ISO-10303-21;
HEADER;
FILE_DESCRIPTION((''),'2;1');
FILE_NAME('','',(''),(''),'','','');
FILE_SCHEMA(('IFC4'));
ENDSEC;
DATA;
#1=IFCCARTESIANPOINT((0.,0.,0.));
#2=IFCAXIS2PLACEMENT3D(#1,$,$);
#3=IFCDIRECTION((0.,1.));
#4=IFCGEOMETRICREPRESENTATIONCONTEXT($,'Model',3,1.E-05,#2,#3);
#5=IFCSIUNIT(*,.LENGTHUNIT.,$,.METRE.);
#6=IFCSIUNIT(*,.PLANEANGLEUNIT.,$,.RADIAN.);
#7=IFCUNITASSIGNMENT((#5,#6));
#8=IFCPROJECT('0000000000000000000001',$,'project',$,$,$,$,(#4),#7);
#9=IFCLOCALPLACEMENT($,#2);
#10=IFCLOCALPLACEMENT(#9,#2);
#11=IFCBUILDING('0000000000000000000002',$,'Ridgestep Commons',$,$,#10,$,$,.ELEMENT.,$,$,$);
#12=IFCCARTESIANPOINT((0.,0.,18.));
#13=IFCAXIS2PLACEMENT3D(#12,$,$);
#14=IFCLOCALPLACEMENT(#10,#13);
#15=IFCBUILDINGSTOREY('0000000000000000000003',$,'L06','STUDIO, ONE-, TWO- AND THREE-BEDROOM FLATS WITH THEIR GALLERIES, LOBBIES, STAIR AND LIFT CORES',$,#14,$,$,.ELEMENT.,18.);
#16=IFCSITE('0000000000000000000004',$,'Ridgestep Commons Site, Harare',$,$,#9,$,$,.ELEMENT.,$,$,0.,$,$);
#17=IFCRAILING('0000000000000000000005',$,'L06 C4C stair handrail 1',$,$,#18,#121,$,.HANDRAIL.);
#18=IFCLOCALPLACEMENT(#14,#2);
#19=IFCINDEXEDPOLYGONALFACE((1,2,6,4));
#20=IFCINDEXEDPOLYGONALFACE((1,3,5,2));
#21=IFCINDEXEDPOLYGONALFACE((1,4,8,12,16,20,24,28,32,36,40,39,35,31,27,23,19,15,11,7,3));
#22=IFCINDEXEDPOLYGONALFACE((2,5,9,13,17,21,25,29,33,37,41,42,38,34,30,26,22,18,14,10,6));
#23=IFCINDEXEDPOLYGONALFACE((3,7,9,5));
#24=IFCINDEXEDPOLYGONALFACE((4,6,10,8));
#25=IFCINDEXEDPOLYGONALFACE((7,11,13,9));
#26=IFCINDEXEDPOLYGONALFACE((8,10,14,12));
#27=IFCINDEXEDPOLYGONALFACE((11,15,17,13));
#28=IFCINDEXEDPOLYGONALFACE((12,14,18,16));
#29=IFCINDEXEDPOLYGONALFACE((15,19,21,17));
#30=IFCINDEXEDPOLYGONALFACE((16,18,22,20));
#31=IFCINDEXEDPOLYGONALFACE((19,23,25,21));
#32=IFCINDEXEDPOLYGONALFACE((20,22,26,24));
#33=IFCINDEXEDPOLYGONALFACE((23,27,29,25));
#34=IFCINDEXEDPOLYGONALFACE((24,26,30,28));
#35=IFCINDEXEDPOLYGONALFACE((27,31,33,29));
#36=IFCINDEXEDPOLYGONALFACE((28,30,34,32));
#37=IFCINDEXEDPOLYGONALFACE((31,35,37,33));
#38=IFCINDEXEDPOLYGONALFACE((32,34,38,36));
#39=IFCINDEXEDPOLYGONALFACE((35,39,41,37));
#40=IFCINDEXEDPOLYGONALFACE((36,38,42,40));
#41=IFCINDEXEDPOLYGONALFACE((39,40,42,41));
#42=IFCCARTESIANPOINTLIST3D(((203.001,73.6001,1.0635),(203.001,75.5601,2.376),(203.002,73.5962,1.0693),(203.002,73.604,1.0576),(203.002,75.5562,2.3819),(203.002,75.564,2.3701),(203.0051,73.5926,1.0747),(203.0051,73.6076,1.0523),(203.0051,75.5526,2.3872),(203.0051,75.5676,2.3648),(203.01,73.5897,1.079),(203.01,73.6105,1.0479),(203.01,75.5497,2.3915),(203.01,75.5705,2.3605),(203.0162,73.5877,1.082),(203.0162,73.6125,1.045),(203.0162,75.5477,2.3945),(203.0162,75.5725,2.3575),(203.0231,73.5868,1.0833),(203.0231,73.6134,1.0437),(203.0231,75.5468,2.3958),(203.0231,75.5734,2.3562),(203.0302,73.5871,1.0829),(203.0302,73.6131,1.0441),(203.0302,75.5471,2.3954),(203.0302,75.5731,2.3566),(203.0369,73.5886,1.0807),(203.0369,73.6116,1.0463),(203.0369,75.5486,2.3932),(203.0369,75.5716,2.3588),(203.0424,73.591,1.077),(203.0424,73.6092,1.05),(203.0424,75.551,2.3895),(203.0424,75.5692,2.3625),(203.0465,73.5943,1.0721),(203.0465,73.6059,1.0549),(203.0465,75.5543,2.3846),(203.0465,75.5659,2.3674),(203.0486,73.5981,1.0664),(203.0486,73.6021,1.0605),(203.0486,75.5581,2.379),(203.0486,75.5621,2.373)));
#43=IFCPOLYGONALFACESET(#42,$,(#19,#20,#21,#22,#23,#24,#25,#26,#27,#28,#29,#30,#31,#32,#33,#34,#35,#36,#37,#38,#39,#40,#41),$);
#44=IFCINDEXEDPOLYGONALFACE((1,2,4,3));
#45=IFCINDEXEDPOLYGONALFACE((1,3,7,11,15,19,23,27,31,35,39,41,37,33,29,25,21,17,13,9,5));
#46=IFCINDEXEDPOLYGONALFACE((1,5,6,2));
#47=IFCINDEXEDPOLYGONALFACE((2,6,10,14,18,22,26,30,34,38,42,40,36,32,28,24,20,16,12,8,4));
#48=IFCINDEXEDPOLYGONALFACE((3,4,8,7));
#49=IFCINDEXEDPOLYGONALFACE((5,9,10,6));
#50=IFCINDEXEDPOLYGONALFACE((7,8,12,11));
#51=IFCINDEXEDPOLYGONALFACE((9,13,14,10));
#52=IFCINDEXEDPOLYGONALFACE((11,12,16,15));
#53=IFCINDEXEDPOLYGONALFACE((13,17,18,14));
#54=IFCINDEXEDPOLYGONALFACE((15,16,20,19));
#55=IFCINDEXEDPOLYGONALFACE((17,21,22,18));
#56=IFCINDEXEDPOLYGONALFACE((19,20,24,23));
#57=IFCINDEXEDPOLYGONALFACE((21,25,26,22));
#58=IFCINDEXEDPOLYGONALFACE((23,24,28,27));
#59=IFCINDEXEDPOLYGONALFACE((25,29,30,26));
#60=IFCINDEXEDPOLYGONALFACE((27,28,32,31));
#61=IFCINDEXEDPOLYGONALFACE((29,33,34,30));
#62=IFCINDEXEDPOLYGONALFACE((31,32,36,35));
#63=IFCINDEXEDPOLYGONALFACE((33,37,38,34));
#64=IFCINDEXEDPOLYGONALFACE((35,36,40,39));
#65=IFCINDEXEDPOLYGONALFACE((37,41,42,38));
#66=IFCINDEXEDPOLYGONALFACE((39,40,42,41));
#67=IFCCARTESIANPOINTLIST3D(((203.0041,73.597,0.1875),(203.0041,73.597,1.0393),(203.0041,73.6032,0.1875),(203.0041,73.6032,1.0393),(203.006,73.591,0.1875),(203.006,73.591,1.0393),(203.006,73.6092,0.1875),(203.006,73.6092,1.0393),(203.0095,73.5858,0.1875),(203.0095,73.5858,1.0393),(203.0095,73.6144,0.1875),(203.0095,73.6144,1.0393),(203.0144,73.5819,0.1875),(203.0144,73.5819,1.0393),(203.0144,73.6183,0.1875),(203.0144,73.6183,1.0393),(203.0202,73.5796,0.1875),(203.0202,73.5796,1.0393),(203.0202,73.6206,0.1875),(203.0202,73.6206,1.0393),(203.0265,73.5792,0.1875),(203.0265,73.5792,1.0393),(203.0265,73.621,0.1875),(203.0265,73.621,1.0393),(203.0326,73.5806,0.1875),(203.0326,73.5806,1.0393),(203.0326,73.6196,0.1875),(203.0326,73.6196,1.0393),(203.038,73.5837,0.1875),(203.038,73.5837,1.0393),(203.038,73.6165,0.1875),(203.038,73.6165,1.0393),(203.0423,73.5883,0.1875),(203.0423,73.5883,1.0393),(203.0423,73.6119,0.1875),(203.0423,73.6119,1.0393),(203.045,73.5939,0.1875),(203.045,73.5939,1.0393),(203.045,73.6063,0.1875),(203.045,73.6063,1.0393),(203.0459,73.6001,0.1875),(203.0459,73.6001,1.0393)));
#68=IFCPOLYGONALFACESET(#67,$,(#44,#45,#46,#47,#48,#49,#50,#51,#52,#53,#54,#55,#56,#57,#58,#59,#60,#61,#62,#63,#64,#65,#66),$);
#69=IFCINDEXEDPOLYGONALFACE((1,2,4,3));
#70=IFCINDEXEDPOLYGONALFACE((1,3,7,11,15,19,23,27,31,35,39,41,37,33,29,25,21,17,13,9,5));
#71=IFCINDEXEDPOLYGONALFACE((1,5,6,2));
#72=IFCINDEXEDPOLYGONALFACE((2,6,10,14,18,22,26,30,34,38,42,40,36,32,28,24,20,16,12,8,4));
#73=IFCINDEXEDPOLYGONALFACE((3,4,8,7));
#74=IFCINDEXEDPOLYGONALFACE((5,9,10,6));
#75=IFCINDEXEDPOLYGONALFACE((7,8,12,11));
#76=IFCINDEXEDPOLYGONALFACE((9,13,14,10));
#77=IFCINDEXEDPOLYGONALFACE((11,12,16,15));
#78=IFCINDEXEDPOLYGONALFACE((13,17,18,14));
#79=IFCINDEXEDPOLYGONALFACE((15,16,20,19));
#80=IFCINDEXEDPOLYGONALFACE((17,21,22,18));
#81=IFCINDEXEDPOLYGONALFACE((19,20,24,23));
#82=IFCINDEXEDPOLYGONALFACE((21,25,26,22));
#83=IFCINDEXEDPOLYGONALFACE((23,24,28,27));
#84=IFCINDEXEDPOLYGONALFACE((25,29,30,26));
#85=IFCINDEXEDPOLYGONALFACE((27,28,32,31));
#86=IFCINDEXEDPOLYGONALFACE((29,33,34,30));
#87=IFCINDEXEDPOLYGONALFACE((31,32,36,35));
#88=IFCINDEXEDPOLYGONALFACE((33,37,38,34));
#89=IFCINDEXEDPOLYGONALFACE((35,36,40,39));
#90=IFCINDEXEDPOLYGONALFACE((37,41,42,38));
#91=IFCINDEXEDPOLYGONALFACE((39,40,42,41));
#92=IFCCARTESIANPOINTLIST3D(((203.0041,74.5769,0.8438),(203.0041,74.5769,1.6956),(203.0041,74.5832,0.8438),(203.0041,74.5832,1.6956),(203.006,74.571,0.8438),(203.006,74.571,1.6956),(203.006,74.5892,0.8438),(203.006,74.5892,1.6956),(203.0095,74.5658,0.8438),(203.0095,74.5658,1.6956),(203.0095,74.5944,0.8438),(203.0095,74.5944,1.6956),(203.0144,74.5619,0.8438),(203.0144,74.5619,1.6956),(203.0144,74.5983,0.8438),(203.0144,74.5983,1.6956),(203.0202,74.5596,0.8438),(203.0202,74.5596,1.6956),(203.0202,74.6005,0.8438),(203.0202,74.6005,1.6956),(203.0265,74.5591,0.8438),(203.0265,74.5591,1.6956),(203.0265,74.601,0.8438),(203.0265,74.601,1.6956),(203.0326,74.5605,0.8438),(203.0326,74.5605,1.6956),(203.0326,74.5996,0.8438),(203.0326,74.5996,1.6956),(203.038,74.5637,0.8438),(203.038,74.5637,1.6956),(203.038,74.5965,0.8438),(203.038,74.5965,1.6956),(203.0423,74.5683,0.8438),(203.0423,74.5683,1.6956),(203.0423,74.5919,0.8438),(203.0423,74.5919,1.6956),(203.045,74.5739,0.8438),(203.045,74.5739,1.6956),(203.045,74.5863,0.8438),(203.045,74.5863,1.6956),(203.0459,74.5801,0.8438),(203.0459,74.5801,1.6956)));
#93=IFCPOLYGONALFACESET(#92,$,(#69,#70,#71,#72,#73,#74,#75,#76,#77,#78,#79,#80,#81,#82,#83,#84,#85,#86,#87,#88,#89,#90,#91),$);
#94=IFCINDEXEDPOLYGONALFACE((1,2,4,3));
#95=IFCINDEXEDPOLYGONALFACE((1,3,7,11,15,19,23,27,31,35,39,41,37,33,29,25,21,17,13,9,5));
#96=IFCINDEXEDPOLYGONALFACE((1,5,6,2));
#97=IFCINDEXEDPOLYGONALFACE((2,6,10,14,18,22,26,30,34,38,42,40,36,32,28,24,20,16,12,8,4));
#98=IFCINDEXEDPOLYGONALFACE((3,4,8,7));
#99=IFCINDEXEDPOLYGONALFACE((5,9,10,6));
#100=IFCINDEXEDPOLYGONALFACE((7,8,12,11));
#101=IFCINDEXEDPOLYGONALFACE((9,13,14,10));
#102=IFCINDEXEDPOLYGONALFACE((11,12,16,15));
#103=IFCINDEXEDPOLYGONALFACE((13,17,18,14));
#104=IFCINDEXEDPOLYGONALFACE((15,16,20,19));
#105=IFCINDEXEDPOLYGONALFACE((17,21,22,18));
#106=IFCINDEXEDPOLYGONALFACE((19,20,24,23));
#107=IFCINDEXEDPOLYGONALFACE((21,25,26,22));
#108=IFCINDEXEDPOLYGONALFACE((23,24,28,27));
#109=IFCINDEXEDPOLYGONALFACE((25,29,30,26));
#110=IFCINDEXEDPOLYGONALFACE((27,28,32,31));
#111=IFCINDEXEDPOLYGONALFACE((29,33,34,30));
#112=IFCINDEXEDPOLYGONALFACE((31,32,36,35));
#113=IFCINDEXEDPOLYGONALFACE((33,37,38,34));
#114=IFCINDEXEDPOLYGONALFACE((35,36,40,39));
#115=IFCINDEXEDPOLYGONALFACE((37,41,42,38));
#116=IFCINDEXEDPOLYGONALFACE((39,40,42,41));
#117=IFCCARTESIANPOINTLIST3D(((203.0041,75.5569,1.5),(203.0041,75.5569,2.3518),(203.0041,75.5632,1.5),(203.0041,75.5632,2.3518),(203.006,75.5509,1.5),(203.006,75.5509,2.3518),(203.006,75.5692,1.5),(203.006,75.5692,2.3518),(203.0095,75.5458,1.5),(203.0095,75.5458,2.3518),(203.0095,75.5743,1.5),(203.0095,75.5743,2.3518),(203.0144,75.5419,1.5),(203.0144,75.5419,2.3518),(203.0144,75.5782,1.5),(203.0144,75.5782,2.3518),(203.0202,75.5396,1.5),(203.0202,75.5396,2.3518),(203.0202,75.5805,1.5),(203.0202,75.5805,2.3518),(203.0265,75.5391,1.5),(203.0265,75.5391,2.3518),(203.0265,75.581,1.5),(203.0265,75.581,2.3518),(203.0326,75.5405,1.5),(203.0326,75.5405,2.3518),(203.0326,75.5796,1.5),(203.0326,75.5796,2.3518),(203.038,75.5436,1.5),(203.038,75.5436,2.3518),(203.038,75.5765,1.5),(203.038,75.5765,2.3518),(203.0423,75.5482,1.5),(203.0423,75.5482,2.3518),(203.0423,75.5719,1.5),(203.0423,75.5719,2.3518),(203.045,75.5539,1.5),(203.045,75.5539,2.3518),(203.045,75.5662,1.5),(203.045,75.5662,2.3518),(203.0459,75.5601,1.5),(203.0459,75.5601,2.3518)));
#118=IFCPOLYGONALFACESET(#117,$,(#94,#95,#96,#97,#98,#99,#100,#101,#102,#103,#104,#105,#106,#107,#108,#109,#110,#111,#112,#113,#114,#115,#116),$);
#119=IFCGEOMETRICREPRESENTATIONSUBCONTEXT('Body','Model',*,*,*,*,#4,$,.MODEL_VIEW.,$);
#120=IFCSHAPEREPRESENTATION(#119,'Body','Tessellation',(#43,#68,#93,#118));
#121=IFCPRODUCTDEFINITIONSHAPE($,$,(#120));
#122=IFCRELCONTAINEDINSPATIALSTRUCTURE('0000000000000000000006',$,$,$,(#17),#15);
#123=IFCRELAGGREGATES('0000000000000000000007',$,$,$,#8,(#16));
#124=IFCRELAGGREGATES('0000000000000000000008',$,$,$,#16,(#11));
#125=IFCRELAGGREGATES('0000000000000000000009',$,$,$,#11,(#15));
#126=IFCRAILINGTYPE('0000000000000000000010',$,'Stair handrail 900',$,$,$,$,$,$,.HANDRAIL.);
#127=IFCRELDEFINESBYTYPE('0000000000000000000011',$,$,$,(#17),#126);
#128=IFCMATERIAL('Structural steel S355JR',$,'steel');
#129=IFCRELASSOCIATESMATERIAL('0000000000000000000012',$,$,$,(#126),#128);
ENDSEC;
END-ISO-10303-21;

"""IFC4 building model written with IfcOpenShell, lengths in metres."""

from ifc_helpers import new_model, si_unit, direction, frame, origin, origin_2d, place, context, subcontext, project, spatial, circle, extrude, material, type_object, element, save


model = new_model("IFC4")

# Units and contexts
model_context = context("Model", 3, precision=1e-05, world=origin(), true_north=direction((0.0, 1.0)))
body_context = subcontext(model_context, "Body", "Model", "MODEL_VIEW")
ifc_project = project(units=[si_unit("LENGTHUNIT", "METRE"), si_unit("PLANEANGLEUNIT", "RADIAN")], contexts=[model_context])

# Site, building, storey
site_placement = place(None, origin())
site = spatial("IfcSite", under=ifc_project, at=site_placement, Name="Ridgestep Commons Site, Harare", CompositionType="ELEMENT", RefElevation=0.0)
building_placement = place(site_placement, origin())
building = spatial("IfcBuilding", under=site, at=building_placement, Name="Ridgestep Commons", CompositionType="ELEMENT")
storey_placement = place(building_placement, frame((0.0, 0.0, 18.0)))
storey = spatial("IfcBuildingStorey", under=building, at=storey_placement, Name="L06", Description="STUDIO, ONE-, TWO- AND THREE-BEDROOM FLATS WITH THEIR GALLERIES, LOBBIES, STAIR AND LIFT CORES", CompositionType="ELEMENT", Elevation=18.0)

# Railing
ifc_material_1 = material(Name="Structural steel S355JR", Category="steel")
railing_type_1 = type_object("IfcRailingType", Name="Stair handrail 900", PredefinedType="HANDRAIL", material=ifc_material_1)
railing_1_placement = place(storey_placement, frame((203.0249, 73.6001, 0.1875)))
element("IfcRailing", 1, at=railing_1_placement, inside=storey, type_object=railing_type_1, Name="L06 C4C stair handrail 1", PredefinedType="HANDRAIL", context=body_context, shape_type="SweptSolid", body=[
    extrude(circle(Radius=0.0239, at=origin_2d()), frame((0.0, 0.0, 0.876), z_axis=(0.0, 0.830902, 0.556419), x_axis=(-1.0, 0.0, 0.0)), (0.0, 0.0, 1.0), 2.3589),
    extrude(circle(Radius=0.021, at=origin_2d()), origin(), (0.0, 0.0, 1.0), 0.8518),
    extrude(circle(Radius=0.021, at=origin_2d()), frame((0.0, 0.98, 0.6562)), (0.0, 0.0, 1.0), 0.8518),
    extrude(circle(Radius=0.021, at=origin_2d()), frame((0.0, 1.96, 1.3125)), (0.0, 0.0, 1.0), 0.8518),
])

save(model, "model.ifc")
